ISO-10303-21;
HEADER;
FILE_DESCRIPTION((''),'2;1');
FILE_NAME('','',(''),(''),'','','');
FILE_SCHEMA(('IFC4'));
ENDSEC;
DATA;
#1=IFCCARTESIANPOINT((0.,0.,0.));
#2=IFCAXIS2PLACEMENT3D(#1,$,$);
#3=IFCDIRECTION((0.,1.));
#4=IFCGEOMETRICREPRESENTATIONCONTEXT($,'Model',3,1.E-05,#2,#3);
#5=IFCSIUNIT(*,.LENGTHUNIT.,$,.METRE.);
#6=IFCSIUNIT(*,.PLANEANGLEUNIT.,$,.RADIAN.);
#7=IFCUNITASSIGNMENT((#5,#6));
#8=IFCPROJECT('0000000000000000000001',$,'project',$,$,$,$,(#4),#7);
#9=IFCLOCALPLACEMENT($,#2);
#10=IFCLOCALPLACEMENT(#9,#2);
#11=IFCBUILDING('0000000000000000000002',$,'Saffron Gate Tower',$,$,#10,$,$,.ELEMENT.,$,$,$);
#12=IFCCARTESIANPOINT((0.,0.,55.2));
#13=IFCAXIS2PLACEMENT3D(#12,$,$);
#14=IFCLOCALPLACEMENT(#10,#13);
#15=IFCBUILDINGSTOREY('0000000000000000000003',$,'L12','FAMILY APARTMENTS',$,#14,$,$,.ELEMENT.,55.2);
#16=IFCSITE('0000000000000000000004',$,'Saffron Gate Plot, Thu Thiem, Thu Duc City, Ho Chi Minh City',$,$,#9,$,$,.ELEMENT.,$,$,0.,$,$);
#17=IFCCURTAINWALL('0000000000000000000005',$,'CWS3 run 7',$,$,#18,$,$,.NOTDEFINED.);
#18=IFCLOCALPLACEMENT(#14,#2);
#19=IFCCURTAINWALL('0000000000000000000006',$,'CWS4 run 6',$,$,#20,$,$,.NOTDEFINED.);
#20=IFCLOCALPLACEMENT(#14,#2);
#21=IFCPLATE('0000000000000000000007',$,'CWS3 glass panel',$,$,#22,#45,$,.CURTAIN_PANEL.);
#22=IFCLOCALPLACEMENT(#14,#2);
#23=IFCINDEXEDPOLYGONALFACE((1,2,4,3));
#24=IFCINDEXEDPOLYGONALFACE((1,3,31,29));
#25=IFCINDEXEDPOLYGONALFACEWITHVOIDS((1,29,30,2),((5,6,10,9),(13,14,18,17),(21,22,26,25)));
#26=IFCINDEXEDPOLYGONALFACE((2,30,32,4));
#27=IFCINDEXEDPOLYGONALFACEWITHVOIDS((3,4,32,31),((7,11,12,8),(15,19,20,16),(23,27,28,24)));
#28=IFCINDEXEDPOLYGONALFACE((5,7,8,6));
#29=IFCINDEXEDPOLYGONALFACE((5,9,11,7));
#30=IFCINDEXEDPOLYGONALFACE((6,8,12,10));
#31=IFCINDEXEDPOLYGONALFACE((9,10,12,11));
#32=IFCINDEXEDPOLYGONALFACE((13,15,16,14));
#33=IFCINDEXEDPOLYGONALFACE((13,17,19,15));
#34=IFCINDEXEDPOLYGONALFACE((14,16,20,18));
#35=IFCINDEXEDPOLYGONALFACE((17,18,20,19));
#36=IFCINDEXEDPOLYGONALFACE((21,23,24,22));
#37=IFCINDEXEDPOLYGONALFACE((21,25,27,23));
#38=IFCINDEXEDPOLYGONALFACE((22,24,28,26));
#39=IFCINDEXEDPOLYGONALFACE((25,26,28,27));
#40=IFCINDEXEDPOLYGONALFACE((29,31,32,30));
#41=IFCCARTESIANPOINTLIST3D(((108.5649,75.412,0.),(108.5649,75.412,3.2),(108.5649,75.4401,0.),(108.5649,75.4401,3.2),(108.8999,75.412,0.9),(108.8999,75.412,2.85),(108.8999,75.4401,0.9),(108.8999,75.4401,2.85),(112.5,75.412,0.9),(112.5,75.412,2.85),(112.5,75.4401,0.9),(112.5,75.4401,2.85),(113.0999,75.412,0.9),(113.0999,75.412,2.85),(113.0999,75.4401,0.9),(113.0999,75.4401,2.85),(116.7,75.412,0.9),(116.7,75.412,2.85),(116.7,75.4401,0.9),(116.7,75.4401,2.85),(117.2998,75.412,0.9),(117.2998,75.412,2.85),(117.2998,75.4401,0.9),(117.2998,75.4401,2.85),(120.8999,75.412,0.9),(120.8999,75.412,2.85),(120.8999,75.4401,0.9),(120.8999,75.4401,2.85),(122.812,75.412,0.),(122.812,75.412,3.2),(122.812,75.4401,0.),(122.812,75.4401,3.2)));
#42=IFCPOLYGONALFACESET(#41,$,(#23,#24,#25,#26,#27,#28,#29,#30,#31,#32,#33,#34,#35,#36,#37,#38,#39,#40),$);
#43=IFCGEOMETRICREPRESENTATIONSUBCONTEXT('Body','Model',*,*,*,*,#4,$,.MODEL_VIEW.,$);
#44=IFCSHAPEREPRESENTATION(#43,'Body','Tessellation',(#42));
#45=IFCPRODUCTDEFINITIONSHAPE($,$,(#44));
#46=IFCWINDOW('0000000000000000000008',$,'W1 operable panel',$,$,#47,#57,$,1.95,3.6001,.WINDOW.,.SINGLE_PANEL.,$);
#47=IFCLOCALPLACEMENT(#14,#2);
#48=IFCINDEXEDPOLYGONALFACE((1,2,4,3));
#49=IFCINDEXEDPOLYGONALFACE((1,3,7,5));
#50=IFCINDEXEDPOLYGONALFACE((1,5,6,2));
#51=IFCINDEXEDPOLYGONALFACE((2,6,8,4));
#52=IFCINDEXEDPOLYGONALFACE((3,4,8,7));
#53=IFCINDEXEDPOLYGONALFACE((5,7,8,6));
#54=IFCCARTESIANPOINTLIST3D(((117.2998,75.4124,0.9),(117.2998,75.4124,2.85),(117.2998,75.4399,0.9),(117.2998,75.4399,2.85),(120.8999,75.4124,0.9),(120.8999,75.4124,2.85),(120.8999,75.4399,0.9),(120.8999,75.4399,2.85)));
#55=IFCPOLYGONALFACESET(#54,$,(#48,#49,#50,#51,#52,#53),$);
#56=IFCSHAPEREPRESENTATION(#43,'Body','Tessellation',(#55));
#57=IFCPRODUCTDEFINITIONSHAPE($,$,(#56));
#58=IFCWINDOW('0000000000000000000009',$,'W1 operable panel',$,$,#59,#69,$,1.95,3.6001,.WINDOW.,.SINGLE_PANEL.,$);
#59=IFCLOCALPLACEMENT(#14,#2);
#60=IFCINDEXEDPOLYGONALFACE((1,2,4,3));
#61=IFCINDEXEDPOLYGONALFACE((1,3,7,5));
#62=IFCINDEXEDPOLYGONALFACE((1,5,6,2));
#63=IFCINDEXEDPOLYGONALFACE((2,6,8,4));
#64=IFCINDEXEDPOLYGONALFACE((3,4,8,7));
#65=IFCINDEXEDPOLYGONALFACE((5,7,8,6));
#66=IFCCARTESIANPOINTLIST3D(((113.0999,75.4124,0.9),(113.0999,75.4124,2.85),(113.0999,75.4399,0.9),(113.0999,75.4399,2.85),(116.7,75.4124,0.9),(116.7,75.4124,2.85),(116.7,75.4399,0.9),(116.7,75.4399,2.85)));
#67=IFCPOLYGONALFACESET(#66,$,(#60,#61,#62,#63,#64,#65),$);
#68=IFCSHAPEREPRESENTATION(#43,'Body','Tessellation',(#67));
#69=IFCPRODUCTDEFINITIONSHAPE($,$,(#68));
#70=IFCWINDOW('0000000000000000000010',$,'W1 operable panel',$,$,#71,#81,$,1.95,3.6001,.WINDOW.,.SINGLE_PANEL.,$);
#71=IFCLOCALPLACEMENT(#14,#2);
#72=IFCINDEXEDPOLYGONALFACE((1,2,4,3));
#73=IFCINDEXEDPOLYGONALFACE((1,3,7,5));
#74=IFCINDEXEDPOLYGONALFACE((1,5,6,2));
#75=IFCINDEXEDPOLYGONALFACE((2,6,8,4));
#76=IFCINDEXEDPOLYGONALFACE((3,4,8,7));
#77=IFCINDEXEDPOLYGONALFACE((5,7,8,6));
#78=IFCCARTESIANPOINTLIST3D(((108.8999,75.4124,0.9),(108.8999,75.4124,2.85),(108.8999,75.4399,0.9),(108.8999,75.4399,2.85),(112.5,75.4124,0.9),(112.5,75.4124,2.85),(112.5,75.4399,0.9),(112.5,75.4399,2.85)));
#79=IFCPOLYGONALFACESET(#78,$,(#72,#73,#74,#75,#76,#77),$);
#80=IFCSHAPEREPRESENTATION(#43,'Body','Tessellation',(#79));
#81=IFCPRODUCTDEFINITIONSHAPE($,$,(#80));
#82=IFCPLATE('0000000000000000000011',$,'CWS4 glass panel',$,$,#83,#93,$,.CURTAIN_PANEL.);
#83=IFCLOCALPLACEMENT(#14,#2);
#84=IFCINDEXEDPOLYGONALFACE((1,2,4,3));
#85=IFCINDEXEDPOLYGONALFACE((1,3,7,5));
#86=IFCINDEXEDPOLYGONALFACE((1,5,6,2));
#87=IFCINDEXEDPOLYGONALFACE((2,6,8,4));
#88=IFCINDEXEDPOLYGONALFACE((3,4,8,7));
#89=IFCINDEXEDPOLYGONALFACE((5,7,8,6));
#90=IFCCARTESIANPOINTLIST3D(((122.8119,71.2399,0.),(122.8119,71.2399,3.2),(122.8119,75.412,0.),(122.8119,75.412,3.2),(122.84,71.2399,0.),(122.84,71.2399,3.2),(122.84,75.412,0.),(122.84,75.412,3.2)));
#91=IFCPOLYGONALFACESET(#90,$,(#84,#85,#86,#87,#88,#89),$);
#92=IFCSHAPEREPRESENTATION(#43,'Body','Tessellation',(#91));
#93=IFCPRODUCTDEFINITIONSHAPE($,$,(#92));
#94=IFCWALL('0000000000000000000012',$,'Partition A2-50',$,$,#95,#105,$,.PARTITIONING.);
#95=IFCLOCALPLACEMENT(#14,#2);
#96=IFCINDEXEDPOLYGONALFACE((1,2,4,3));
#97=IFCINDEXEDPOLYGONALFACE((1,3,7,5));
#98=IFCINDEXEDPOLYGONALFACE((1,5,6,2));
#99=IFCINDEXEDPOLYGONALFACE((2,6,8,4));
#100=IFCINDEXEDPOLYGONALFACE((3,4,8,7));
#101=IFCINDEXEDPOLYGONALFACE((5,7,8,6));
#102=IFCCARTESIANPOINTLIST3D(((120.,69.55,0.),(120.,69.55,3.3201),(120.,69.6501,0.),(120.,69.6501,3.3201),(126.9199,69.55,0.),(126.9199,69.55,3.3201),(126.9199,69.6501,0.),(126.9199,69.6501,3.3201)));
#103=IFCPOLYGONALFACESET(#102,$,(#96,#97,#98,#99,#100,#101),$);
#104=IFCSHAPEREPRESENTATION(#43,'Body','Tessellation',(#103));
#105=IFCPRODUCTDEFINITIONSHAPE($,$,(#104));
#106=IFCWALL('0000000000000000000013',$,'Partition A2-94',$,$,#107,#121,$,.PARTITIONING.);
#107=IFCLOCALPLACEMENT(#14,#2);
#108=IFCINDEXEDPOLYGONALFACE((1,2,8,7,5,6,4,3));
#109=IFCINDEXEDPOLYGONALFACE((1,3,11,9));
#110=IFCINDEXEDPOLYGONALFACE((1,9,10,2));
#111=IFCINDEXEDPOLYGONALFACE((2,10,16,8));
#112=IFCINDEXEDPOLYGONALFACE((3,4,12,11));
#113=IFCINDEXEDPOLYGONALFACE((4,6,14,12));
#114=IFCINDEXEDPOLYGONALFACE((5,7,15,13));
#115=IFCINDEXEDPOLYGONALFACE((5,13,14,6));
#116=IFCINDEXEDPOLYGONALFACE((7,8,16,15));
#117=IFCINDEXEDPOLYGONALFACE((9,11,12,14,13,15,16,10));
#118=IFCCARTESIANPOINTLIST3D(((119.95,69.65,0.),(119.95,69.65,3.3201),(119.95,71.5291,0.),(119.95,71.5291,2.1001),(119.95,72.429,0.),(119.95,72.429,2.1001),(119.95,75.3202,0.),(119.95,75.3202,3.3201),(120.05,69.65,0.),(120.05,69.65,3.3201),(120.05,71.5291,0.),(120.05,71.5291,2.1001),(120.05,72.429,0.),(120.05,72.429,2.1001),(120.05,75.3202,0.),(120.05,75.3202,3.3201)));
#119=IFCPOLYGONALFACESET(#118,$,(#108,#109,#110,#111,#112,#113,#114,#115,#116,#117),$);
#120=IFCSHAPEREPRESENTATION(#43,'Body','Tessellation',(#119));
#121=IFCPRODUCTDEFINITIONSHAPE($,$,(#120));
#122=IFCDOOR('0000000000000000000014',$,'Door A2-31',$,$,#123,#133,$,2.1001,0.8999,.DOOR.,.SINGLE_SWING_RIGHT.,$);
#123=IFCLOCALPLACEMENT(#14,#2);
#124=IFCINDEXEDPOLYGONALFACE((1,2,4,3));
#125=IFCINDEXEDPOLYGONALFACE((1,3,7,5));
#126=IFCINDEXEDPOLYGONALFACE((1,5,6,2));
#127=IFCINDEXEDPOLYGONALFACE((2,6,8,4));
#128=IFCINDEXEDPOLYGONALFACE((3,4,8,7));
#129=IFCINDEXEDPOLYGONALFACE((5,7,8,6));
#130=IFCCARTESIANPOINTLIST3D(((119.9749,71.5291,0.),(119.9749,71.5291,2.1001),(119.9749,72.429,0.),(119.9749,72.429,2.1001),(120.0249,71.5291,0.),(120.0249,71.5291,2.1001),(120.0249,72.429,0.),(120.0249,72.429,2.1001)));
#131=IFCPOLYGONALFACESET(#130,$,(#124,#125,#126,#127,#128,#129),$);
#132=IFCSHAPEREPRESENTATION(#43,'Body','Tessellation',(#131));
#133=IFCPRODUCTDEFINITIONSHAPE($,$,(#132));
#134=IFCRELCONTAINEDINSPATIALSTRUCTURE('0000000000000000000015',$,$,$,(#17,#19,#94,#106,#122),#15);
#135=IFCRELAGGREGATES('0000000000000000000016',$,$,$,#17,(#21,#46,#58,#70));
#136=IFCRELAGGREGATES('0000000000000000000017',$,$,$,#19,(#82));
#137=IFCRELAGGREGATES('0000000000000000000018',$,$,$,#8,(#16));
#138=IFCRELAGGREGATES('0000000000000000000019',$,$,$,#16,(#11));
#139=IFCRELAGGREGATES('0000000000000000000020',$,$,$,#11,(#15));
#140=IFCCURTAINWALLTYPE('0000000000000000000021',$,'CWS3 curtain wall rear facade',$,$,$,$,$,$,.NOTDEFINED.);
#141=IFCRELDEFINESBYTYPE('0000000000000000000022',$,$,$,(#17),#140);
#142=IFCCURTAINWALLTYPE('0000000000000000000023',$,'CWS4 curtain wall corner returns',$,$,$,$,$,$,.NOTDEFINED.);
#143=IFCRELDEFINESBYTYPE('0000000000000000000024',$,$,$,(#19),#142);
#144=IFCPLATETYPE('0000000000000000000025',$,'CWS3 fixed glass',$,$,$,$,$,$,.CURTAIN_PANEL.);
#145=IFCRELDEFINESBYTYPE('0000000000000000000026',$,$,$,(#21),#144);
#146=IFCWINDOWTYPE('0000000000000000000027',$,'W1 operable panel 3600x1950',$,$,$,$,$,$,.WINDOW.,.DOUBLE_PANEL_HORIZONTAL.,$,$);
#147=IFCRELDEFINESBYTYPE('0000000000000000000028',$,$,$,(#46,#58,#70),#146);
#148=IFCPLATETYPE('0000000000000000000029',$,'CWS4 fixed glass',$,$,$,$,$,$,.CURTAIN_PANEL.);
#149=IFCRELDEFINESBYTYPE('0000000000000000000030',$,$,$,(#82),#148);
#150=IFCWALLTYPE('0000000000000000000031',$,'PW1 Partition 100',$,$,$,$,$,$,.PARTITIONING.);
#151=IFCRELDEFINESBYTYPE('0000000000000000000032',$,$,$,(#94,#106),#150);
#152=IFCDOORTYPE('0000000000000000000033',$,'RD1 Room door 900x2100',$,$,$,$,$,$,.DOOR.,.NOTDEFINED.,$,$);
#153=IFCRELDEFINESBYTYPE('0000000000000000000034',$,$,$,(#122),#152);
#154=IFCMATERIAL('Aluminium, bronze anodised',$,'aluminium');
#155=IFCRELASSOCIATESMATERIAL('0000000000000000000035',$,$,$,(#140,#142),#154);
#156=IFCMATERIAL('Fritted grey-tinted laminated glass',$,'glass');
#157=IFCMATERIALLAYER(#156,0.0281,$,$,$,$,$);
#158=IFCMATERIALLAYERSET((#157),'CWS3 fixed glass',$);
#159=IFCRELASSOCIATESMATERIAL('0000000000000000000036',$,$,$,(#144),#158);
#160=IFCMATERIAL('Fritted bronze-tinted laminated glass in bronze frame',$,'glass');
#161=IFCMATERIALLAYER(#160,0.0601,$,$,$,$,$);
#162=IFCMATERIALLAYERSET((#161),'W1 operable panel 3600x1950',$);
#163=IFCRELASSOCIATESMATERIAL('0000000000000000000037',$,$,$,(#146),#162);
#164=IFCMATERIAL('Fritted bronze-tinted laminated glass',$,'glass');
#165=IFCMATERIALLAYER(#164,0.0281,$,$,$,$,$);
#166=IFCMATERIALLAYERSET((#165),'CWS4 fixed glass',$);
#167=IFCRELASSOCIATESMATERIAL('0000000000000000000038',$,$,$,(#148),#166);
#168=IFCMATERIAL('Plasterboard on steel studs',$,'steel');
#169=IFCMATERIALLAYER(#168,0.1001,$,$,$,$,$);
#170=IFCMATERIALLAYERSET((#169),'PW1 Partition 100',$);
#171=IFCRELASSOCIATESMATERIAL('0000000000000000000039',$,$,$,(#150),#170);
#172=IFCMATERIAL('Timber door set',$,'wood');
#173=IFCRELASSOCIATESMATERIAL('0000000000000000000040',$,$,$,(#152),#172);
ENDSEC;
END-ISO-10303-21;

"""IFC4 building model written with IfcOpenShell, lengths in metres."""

from ifc_helpers import new_model, si_unit, direction, frame, frame_2d, origin, place, context, subcontext, project, spatial, rectangle, extrude, material, layer, layer_set, type_object, element, fill, aggregate, save


model = new_model("IFC4")

# Units and contexts
model_context = context("Model", 3, precision=1e-05, world=origin(), true_north=direction((0.0, 1.0)))
body_context = subcontext(model_context, "Body", "Model", "MODEL_VIEW")
ifc_project = project(units=[si_unit("LENGTHUNIT", "METRE"), si_unit("PLANEANGLEUNIT", "RADIAN")], contexts=[model_context])

# Site, building, storey
site_placement = place(None, origin())
site = spatial("IfcSite", under=ifc_project, at=site_placement, Name="Saffron Gate Plot, Thu Thiem, Thu Duc City, Ho Chi Minh City", CompositionType="ELEMENT", RefElevation=0.0)
building_placement = place(site_placement, origin())
building = spatial("IfcBuilding", under=site, at=building_placement, Name="Saffron Gate Tower", CompositionType="ELEMENT")
storey_placement = place(building_placement, frame((0.0, 0.0, 55.2)))
storey = spatial("IfcBuildingStorey", under=building, at=storey_placement, Name="L12", Description="FAMILY APARTMENTS", CompositionType="ELEMENT", Elevation=55.2)

# Curtain walls
ifc_material_1 = material(Name="Aluminium, bronze anodised", Category="aluminium")
curtain_wall_type_1 = type_object("IfcCurtainWallType", Name="CWS3 curtain wall rear facade", PredefinedType="NOTDEFINED", material=ifc_material_1)
curtain_wall_1_placement = place(storey_placement, origin())
curtain_wall_1 = element("IfcCurtainWall", 1, at=curtain_wall_1_placement, inside=storey, type_object=curtain_wall_type_1, Name="CWS3 run 7", PredefinedType="NOTDEFINED")
curtain_wall_type_2 = type_object("IfcCurtainWallType", Name="CWS4 curtain wall corner returns", PredefinedType="NOTDEFINED", material=ifc_material_1)
curtain_wall_2_placement = place(storey_placement, origin())
curtain_wall_2 = element("IfcCurtainWall", 2, at=curtain_wall_2_placement, inside=storey, type_object=curtain_wall_type_2, Name="CWS4 run 6", PredefinedType="NOTDEFINED")

# Plate, openings, windows
ifc_material_2 = material(Name="Fritted grey-tinted laminated glass", Category="glass")
ifc_layer_1 = layer(ifc_material_2, 0.0281)
ifc_layer_set_1 = layer_set([ifc_layer_1], Name="CWS3 fixed glass")
plate_type_1 = type_object("IfcPlateType", Name="CWS3 fixed glass", PredefinedType="CURTAIN_PANEL", material=ifc_layer_set_1)
plate_1_placement = place(storey_placement, frame((122.812, 75.426, 0.0), z_axis=(0.0, 0.0, 1.0), x_axis=(-1.0, 0.0, 0.0)))
plate_1 = element("IfcPlate", 3, at=plate_1_placement, type_object=plate_type_1, Name="CWS3 glass panel", PredefinedType="CURTAIN_PANEL", context=body_context, shape_type="SweptSolid", body=[
    extrude(rectangle(XDim=14.2471, YDim=0.0281, at=frame_2d((7.1235, 0.0))), origin(), (0.0, 0.0, 1.0), 3.2),
])
opening_1_placement = place(plate_1_placement, frame((1.9121, 0.0, 0.8999)))
opening_1 = element("IfcOpeningElement", 4, at=opening_1_placement, cuts=plate_1, PredefinedType="OPENING", context=body_context, shape_type="SweptSolid", body=[
    extrude(rectangle(XDim=3.6001, YDim=1.95, at=frame_2d((1.8, 0.9751))), frame((0.0, 0.0239, 0.0), z_axis=(0.0, -1.0, 0.0), x_axis=(1.0, 0.0, 0.0)), (0.0, 0.0, 1.0), 0.0481),
])
opening_2_placement = place(plate_1_placement, frame((6.1121, 0.0, 0.8999)))
opening_2 = element("IfcOpeningElement", 5, at=opening_2_placement, cuts=plate_1, PredefinedType="OPENING", context=body_context, shape_type="SweptSolid", body=[
    extrude(rectangle(XDim=3.6001, YDim=1.95, at=frame_2d((1.8, 0.9751))), frame((0.0, 0.0239, 0.0), z_axis=(0.0, -1.0, 0.0), x_axis=(1.0, 0.0, 0.0)), (0.0, 0.0, 1.0), 0.0481),
])
opening_3_placement = place(plate_1_placement, frame((10.312, 0.0, 0.8999)))
opening_3 = element("IfcOpeningElement", 6, at=opening_3_placement, cuts=plate_1, PredefinedType="OPENING", context=body_context, shape_type="SweptSolid", body=[
    extrude(rectangle(XDim=3.6001, YDim=1.95, at=frame_2d((1.8, 0.9751))), frame((0.0, 0.0239, 0.0), z_axis=(0.0, -1.0, 0.0), x_axis=(1.0, 0.0, 0.0)), (0.0, 0.0, 1.0), 0.0481),
])
ifc_material_3 = material(Name="Fritted bronze-tinted laminated glass in bronze frame", Category="glass")
ifc_layer_2 = layer(ifc_material_3, 0.0601)
ifc_layer_set_2 = layer_set([ifc_layer_2], Name="W1 operable panel 3600x1950")
window_type = type_object("IfcWindowType", Name="W1 operable panel 3600x1950", PartitioningType="DOUBLE_PANEL_HORIZONTAL", PredefinedType="WINDOW", material=ifc_layer_set_2)
window_1_placement = place(opening_1_placement, origin())
window_1 = element("IfcWindow", 7, at=window_1_placement, type_object=window_type, Name="W1 operable panel", OverallHeight=1.95, OverallWidth=3.6001, PartitioningType="SINGLE_PANEL", PredefinedType="WINDOW", context=body_context, shape_type="SweptSolid", body=[
    extrude(rectangle(XDim=3.6001, YDim=1.95, at=frame_2d((1.8, 0.9751))), frame((0.0, 0.0137, 0.0), z_axis=(0.0, -1.0, 0.0), x_axis=(1.0, 0.0, 0.0)), (0.0, 0.0, 1.0), 0.0276),
])
fill(opening_1, window_1)
window_2_placement = place(opening_2_placement, origin())
window_2 = element("IfcWindow", 8, at=window_2_placement, type_object=window_type, Name="W1 operable panel", OverallHeight=1.95, OverallWidth=3.6001, PartitioningType="SINGLE_PANEL", PredefinedType="WINDOW", context=body_context, shape_type="SweptSolid", body=[
    extrude(rectangle(XDim=3.6001, YDim=1.95, at=frame_2d((1.8, 0.9751))), frame((0.0, 0.0137, 0.0), z_axis=(0.0, -1.0, 0.0), x_axis=(1.0, 0.0, 0.0)), (0.0, 0.0, 1.0), 0.0276),
])
fill(opening_2, window_2)
window_3_placement = place(opening_3_placement, origin())
window_3 = element("IfcWindow", 9, at=window_3_placement, type_object=window_type, Name="W1 operable panel", OverallHeight=1.95, OverallWidth=3.6001, PartitioningType="SINGLE_PANEL", PredefinedType="WINDOW", context=body_context, shape_type="SweptSolid", body=[
    extrude(rectangle(XDim=3.6001, YDim=1.95, at=frame_2d((1.8, 0.9751))), frame((0.0, 0.0137, 0.0), z_axis=(0.0, -1.0, 0.0), x_axis=(1.0, 0.0, 0.0)), (0.0, 0.0, 1.0), 0.0276),
])
fill(opening_3, window_3)
aggregate(curtain_wall_1, [plate_1, window_1, window_2, window_3])

# Plate
ifc_material_4 = material(Name="Fritted bronze-tinted laminated glass", Category="glass")
ifc_layer_3 = layer(ifc_material_4, 0.0281)
ifc_layer_set_3 = layer_set([ifc_layer_3], Name="CWS4 fixed glass")
plate_type_2 = type_object("IfcPlateType", Name="CWS4 fixed glass", PredefinedType="CURTAIN_PANEL", material=ifc_layer_set_3)
plate_2_placement = place(storey_placement, frame((122.8259, 71.24, 0.0), z_axis=(0.0, 0.0, 1.0), x_axis=(0.0, 1.0, 0.0)))
plate_2 = element("IfcPlate", 10, at=plate_2_placement, type_object=plate_type_2, Name="CWS4 glass panel", PredefinedType="CURTAIN_PANEL", context=body_context, shape_type="SweptSolid", body=[
    extrude(rectangle(XDim=4.1721, YDim=0.0281, at=frame_2d((2.0859, 0.0))), origin(), (0.0, 0.0, 1.0), 3.2),
])
aggregate(curtain_wall_2, [plate_2])

# Wall
ifc_material_5 = material(Name="Plasterboard on steel studs", Category="steel")
ifc_layer_4 = layer(ifc_material_5, 0.1001)
ifc_layer_set_4 = layer_set([ifc_layer_4], Name="PW1 Partition 100")
wall_type_1 = type_object("IfcWallType", Name="PW1 Partition 100", PredefinedType="PARTITIONING", material=ifc_layer_set_4)
wall_1_placement = place(storey_placement, frame((120.0, 69.6001, 0.0), z_axis=(0.0, 0.0, 1.0), x_axis=(1.0, 0.0, 0.0)))
element("IfcWall", 11, at=wall_1_placement, inside=storey, type_object=wall_type_1, Name="Partition A2-50", PredefinedType="PARTITIONING", context=body_context, shape_type="SweptSolid", body=[
    extrude(rectangle(XDim=6.9199, YDim=0.1001, at=frame_2d((3.46, 0.0))), origin(), (0.0, 0.0, 1.0), 3.3201),
])

# Wall, opening, door
wall_2_placement = place(storey_placement, frame((120.0, 75.3201, 0.0), z_axis=(0.0, 0.0, 1.0), x_axis=(0.0, -1.0, 0.0)))
wall_2 = element("IfcWall", 12, at=wall_2_placement, inside=storey, type_object=wall_type_1, Name="Partition A2-94", PredefinedType="PARTITIONING", context=body_context, shape_type="SweptSolid", body=[
    extrude(rectangle(XDim=5.6702, YDim=0.1001, at=frame_2d((2.835, 0.0))), origin(), (0.0, 0.0, 1.0), 3.3201),
])
opening_4_placement = place(wall_2_placement, frame((2.8911, 0.0, 0.0)))
opening_4 = element("IfcOpeningElement", 13, at=opening_4_placement, cuts=wall_2, PredefinedType="OPENING", context=body_context, shape_type="SweptSolid", body=[
    extrude(rectangle(XDim=0.8999, YDim=2.1001, at=frame_2d((0.45, 1.05))), frame((0.0, 0.0601, 0.0), z_axis=(0.0, -1.0, 0.0), x_axis=(1.0, 0.0, 0.0)), (0.0, 0.0, 1.0), 0.1201),
])
ifc_material_6 = material(Name="Timber door set", Category="wood")
door_type_1 = type_object("IfcDoorType", Name="RD1 Room door 900x2100", OperationType="NOTDEFINED", PredefinedType="DOOR", material=ifc_material_6)
door_1_placement = place(opening_4_placement, origin())
door_1 = element("IfcDoor", 14, at=door_1_placement, inside=storey, type_object=door_type_1, Name="Door A2-31", OperationType="SINGLE_SWING_RIGHT", OverallHeight=2.1001, OverallWidth=0.8999, PredefinedType="DOOR", context=body_context, shape_type="SweptSolid", body=[
    extrude(rectangle(XDim=0.8999, YDim=2.1001, at=frame_2d((0.45, 1.05))), frame((0.0, 0.0249, 0.0), z_axis=(0.0, -1.0, 0.0), x_axis=(1.0, 0.0, 0.0)), (0.0, 0.0, 1.0), 0.05),
])
fill(opening_4, door_1)

save(model, "model.ifc")
